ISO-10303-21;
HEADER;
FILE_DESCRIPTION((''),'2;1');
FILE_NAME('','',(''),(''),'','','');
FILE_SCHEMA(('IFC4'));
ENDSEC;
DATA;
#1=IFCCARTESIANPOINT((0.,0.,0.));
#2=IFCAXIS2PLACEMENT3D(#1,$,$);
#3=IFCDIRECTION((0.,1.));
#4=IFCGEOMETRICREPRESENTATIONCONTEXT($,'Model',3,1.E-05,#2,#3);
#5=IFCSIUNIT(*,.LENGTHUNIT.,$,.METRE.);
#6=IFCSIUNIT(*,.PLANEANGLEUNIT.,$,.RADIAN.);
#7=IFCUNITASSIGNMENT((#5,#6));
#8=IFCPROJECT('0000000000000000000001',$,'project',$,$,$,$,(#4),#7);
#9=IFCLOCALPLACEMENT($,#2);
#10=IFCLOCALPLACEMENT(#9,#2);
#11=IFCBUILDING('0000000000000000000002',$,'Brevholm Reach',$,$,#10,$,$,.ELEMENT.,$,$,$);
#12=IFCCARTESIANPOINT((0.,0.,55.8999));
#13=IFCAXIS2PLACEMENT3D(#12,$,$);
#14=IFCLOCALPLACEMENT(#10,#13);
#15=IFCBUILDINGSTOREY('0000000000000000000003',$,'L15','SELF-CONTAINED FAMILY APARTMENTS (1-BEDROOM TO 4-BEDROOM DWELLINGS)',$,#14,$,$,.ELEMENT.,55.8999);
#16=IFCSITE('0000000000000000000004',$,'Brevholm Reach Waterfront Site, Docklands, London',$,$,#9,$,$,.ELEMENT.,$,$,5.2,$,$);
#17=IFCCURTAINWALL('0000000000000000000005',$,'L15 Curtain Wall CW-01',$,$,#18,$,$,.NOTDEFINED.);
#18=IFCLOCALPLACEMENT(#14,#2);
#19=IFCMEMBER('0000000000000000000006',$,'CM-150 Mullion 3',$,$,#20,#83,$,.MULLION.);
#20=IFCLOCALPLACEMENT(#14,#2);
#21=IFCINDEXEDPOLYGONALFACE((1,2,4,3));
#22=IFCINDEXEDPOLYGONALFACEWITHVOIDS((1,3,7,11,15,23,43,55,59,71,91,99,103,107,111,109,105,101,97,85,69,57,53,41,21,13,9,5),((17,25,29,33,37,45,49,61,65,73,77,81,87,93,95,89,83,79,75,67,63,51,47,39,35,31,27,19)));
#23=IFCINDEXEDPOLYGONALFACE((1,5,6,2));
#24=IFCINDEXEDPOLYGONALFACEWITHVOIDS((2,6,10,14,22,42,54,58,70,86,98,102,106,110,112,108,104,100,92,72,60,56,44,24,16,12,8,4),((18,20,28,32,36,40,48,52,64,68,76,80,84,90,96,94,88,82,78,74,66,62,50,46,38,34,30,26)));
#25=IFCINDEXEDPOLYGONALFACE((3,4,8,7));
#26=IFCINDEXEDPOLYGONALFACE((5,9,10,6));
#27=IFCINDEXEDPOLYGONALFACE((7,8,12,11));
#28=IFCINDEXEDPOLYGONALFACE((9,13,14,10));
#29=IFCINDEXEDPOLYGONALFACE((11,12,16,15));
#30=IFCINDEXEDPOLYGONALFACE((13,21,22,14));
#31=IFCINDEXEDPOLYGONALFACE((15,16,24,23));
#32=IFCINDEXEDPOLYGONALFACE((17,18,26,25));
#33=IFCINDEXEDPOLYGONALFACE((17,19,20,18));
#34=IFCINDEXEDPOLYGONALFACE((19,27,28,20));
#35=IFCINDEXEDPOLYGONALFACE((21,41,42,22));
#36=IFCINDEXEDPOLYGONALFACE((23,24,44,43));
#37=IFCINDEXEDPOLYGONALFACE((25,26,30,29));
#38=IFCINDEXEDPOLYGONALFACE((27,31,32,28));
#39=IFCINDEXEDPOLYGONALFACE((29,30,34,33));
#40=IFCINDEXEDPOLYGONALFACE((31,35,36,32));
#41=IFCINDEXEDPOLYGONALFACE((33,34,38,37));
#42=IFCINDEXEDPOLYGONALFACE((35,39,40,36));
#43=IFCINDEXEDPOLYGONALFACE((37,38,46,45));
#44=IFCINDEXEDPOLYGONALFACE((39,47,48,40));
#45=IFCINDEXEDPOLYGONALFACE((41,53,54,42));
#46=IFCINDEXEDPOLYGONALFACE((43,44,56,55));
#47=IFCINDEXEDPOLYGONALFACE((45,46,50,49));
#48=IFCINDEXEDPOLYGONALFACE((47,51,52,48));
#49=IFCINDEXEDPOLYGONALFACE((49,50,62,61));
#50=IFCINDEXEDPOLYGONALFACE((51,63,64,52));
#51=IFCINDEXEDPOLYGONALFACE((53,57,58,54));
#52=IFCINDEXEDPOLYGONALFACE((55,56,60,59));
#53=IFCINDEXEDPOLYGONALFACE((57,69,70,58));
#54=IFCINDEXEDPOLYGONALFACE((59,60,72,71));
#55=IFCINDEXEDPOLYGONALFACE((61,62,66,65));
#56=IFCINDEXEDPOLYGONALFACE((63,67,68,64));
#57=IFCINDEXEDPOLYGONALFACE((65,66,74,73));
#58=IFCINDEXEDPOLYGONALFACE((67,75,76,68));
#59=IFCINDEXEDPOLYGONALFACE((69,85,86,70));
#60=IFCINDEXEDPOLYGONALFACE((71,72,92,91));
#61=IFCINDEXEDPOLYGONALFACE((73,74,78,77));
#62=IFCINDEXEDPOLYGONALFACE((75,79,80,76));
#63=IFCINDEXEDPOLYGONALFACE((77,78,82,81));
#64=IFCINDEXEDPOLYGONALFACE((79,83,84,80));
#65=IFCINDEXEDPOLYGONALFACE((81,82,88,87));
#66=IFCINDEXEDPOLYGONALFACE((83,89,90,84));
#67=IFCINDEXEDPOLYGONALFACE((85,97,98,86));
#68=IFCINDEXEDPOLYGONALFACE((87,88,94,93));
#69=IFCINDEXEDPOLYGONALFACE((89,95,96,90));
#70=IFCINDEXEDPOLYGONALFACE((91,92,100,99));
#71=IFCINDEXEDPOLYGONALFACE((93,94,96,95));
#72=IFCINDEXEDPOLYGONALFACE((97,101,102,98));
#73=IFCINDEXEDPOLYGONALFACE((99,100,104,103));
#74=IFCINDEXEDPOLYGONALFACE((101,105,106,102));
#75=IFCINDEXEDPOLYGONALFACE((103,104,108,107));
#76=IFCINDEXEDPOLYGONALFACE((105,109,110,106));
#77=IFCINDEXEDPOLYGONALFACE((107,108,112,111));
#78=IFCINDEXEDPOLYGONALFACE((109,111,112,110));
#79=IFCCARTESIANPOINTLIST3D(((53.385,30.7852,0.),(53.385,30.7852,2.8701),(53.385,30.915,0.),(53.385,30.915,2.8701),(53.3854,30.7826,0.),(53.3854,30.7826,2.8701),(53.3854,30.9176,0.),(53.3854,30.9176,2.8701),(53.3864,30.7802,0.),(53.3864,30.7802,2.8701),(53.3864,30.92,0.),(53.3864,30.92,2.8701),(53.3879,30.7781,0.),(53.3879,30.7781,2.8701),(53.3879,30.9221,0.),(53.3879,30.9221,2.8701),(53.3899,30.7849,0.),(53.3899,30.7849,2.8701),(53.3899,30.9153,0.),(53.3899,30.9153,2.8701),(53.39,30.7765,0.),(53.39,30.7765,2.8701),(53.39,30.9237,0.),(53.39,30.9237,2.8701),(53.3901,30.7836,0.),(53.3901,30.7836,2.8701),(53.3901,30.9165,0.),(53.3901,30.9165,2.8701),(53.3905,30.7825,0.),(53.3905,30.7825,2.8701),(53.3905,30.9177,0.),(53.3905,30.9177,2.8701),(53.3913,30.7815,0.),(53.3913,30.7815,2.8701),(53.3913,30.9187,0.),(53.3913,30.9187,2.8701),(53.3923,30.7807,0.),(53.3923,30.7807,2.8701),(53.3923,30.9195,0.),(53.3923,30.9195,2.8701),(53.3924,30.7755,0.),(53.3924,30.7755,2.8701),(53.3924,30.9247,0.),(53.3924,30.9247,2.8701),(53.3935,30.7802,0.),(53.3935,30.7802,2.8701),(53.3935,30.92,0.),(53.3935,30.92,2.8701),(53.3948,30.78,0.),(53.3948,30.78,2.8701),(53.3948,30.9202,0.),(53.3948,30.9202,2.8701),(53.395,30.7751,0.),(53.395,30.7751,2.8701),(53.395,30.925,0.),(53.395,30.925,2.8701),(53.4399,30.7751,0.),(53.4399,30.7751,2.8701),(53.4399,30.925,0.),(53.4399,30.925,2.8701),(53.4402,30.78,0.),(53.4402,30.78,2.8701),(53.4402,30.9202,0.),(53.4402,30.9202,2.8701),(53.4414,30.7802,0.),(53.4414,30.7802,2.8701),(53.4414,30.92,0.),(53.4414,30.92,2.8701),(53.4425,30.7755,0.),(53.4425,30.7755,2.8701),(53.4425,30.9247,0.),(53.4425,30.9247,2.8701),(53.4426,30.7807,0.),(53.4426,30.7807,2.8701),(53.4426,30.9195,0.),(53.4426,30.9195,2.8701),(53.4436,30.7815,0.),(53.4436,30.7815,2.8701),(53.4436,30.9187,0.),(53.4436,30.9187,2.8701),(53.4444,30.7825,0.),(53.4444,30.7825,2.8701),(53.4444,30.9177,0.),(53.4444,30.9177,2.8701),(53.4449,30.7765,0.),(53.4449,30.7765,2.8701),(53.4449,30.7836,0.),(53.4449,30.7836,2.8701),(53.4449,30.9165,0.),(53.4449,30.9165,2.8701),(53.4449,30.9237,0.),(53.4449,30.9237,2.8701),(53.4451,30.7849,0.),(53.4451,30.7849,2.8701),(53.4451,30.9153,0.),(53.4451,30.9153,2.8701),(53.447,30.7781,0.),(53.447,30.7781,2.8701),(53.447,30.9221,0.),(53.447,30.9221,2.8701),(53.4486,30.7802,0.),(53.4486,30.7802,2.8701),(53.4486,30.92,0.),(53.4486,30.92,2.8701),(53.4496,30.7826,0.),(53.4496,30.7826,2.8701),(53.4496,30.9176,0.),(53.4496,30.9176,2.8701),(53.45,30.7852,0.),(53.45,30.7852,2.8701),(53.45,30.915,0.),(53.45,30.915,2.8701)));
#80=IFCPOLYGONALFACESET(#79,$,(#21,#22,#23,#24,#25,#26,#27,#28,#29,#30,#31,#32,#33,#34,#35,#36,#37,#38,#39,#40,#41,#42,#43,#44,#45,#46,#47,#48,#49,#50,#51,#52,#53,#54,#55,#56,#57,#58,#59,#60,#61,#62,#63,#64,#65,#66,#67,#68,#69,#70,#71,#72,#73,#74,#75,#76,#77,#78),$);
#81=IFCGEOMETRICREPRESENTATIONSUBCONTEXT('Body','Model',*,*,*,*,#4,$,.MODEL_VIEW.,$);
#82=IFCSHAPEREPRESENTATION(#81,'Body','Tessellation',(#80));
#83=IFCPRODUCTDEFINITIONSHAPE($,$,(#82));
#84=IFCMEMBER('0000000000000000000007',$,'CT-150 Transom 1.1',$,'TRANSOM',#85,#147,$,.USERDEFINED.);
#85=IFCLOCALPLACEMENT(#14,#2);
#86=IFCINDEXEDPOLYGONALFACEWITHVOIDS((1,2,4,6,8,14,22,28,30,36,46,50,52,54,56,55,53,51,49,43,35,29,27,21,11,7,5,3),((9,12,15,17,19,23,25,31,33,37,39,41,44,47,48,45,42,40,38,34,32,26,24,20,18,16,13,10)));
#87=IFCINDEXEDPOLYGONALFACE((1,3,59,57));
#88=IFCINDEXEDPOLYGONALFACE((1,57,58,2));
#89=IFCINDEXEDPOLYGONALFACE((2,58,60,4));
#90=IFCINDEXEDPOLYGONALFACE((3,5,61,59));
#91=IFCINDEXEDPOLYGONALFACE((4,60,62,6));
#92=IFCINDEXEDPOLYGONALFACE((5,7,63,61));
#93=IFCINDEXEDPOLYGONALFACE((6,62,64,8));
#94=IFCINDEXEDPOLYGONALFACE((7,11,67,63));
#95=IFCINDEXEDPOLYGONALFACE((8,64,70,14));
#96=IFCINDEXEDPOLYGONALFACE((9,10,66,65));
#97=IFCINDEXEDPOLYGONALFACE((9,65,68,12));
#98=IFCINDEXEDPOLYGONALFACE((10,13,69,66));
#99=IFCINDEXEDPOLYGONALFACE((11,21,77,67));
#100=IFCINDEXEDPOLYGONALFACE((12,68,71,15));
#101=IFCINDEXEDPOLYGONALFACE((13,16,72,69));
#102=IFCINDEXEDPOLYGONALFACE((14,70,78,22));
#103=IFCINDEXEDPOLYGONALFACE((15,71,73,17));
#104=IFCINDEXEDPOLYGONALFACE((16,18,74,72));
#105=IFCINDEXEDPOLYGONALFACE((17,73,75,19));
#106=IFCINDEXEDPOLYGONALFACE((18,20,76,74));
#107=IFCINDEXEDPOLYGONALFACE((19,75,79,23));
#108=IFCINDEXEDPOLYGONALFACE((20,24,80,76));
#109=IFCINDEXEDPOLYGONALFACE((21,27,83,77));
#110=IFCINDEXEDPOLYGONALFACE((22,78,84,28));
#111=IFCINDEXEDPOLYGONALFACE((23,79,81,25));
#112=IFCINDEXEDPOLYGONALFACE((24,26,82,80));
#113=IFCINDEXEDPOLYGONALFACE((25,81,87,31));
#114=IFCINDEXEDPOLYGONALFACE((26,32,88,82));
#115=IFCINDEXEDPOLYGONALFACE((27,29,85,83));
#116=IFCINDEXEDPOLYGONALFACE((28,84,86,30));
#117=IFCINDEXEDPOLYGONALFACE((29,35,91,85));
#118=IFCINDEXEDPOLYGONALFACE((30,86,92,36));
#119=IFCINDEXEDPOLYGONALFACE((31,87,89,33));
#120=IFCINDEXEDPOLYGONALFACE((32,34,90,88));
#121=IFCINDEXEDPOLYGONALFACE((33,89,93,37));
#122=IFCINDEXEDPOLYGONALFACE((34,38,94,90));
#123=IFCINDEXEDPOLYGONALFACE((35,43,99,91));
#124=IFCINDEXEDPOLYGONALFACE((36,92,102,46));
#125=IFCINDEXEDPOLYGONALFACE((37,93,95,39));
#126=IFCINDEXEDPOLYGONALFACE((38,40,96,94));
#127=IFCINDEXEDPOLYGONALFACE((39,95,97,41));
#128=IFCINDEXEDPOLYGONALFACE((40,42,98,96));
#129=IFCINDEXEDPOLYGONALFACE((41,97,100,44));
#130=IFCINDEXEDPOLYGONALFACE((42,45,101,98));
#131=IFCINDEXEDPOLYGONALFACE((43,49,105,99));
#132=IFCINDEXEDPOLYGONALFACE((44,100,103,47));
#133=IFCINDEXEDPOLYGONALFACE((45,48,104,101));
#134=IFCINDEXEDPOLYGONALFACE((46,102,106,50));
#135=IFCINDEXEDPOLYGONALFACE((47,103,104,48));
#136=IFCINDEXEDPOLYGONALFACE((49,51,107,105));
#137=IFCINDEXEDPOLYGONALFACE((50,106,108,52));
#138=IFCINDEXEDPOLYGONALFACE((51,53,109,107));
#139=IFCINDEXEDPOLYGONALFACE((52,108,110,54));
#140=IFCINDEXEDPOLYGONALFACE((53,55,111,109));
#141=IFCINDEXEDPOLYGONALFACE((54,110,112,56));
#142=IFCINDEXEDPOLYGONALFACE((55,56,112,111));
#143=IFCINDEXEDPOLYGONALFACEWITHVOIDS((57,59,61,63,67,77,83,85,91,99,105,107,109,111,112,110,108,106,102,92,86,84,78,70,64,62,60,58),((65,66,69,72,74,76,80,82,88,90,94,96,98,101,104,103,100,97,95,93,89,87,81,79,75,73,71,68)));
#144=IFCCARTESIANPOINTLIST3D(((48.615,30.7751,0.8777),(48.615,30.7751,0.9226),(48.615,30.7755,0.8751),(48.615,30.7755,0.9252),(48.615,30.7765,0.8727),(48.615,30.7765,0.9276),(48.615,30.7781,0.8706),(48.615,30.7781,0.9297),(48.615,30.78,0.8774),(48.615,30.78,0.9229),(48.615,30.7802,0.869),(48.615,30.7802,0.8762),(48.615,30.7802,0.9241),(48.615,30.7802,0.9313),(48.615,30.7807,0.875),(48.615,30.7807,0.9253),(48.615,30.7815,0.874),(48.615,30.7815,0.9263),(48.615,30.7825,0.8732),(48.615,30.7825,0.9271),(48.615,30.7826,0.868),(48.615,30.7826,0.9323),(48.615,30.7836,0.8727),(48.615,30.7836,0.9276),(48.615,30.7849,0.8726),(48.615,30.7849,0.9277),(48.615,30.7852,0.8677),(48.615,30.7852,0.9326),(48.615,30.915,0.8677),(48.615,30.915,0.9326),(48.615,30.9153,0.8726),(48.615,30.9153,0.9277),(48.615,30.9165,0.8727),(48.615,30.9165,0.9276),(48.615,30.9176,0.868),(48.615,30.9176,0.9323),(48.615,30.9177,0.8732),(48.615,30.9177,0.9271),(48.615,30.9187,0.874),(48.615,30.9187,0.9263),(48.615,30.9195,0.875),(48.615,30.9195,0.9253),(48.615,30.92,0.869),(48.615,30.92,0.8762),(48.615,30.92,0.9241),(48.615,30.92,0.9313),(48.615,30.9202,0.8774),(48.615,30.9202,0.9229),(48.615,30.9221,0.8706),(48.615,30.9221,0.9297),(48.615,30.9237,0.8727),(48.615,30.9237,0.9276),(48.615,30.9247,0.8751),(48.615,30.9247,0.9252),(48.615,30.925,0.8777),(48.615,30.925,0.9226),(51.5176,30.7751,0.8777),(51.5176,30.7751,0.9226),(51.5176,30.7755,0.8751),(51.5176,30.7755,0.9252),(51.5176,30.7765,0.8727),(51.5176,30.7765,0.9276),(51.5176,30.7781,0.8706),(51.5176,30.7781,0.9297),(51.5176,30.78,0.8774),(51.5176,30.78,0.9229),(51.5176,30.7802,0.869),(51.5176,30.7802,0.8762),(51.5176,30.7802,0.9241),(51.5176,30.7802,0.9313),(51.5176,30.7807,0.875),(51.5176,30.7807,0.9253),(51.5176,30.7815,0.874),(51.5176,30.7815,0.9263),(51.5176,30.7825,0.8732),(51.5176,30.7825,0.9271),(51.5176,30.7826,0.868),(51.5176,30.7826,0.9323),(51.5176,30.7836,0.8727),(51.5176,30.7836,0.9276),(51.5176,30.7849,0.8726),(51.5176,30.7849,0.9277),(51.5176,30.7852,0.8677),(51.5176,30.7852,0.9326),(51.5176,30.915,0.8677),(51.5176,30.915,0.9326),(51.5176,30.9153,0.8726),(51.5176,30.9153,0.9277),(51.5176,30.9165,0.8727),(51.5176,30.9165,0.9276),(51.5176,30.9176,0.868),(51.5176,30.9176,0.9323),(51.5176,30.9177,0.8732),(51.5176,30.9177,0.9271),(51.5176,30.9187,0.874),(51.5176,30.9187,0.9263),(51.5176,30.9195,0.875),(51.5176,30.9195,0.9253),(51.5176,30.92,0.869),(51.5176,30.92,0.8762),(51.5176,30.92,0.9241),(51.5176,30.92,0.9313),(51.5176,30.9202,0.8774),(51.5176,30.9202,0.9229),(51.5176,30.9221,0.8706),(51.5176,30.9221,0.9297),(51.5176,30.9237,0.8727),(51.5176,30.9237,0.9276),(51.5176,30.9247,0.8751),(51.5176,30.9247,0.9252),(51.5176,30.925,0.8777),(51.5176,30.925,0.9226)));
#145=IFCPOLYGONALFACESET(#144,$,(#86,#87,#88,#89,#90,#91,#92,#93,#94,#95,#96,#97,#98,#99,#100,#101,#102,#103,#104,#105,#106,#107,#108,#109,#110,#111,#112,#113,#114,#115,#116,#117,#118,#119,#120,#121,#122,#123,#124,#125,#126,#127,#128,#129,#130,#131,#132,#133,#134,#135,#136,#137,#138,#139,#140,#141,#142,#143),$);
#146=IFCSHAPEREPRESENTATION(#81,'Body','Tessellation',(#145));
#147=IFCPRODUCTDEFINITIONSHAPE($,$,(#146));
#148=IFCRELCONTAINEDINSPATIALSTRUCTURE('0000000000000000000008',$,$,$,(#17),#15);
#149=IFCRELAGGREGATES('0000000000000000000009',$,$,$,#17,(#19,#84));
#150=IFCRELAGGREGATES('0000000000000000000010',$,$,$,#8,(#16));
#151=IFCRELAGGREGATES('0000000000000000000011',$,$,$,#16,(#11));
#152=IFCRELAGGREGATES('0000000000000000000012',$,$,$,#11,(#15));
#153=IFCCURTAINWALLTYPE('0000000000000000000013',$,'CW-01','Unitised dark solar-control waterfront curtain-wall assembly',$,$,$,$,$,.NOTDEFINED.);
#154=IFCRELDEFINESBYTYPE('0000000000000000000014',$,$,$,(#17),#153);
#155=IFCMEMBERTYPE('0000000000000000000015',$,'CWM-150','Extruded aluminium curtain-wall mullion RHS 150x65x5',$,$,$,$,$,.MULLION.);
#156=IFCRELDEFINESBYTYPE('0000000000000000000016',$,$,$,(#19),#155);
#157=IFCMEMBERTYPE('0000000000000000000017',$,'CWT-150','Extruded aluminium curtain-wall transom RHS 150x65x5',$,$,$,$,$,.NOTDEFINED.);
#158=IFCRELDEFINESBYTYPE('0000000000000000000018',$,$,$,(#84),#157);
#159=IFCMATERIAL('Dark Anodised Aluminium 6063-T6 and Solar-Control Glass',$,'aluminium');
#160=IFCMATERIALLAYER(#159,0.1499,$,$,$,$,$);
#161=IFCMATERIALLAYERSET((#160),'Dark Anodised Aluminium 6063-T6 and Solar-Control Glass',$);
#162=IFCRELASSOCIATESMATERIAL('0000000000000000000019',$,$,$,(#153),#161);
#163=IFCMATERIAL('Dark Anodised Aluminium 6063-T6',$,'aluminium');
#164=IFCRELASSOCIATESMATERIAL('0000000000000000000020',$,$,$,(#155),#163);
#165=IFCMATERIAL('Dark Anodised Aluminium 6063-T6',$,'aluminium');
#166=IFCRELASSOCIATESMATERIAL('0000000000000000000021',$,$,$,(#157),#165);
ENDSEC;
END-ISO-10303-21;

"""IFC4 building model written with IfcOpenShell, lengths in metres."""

from ifc_helpers import new_model, si_unit, direction, frame, origin, origin_2d, place, context, subcontext, project, spatial, hollow_rectangle, extrude, material, layer, layer_set, material_profile, profile_set, type_object, element, aggregate, save


model = new_model("IFC4")

# Units and contexts
model_context = context("Model", 3, precision=1e-05, world=origin(), true_north=direction((0.0, 1.0)))
body_context = subcontext(model_context, "Body", "Model", "MODEL_VIEW")
ifc_project = project(units=[si_unit("LENGTHUNIT", "METRE"), si_unit("PLANEANGLEUNIT", "RADIAN")], contexts=[model_context])

# Site, building, storey
site_placement = place(None, origin())
site = spatial("IfcSite", under=ifc_project, at=site_placement, Name="Brevholm Reach Waterfront Site, Docklands, London", CompositionType="ELEMENT", RefElevation=5.2)
building_placement = place(site_placement, origin())
building = spatial("IfcBuilding", under=site, at=building_placement, Name="Brevholm Reach", CompositionType="ELEMENT")
storey_placement = place(building_placement, frame((0.0, 0.0, 55.8999)))
storey = spatial("IfcBuildingStorey", under=building, at=storey_placement, Name="L15", Description="SELF-CONTAINED FAMILY APARTMENTS (1-BEDROOM TO 4-BEDROOM DWELLINGS)", CompositionType="ELEMENT", Elevation=55.8999)

# Curtain wall, members
ifc_material_1 = material(Name="Dark Anodised Aluminium 6063-T6 and Solar-Control Glass", Category="aluminium")
ifc_layer_1 = layer(ifc_material_1, 0.1499)
ifc_layer_set_1 = layer_set([ifc_layer_1], Name="Dark Anodised Aluminium 6063-T6 and Solar-Control Glass")
curtain_wall_type = type_object("IfcCurtainWallType", Name="CW-01", Description="Unitised dark solar-control waterfront curtain-wall assembly", PredefinedType="NOTDEFINED", material=ifc_layer_set_1)
curtain_wall_placement = place(storey_placement, origin())
curtain_wall = element("IfcCurtainWall", 1, at=curtain_wall_placement, inside=storey, type_object=curtain_wall_type, Name="L15 Curtain Wall CW-01", PredefinedType="NOTDEFINED")
ifc_material_2 = material(Name="Dark Anodised Aluminium 6063-T6", Category="aluminium")
ifc_material_profile_1 = material_profile(ifc_material_2, hollow_rectangle(XDim=0.0649, YDim=0.1499, WallThickness=0.0049, InnerFilletRadius=0.0049, OuterFilletRadius=0.01, at=origin_2d()), Name="RHS 150x65x5")
ifc_profile_set_1 = profile_set([ifc_material_profile_1], Name="Dark Anodised Aluminium 6063-T6")
member_type_1 = type_object("IfcMemberType", Name="CWM-150", Description="Extruded aluminium curtain-wall mullion RHS 150x65x5", PredefinedType="MULLION", material=ifc_profile_set_1)
member_1_placement = place(storey_placement, frame((53.4175, 30.8501, 0.0), z_axis=(0.0, 0.0, 1.0), x_axis=(1.0, 0.0, 0.0)))
member_1 = element("IfcMember", 2, at=member_1_placement, type_object=member_type_1, Name="CM-150 Mullion 3", PredefinedType="MULLION", context=body_context, shape_type="SweptSolid", body=[
    extrude(hollow_rectangle(XDim=0.0649, YDim=0.1499, WallThickness=0.0049, InnerFilletRadius=0.0049, OuterFilletRadius=0.01, at=origin_2d()), origin(), (0.0, 0.0, 1.0), 2.8701),
])
ifc_material_3 = material(Name="Dark Anodised Aluminium 6063-T6", Category="aluminium")
ifc_material_profile_2 = material_profile(ifc_material_3, hollow_rectangle(XDim=0.0649, YDim=0.1499, WallThickness=0.0049, InnerFilletRadius=0.0049, OuterFilletRadius=0.01, at=origin_2d()), Name="RHS 150x65x5")
ifc_profile_set_2 = profile_set([ifc_material_profile_2], Name="Dark Anodised Aluminium 6063-T6")
member_type_2 = type_object("IfcMemberType", Name="CWT-150", Description="Extruded aluminium curtain-wall transom RHS 150x65x5", PredefinedType="NOTDEFINED", material=ifc_profile_set_2)
member_2_placement = place(storey_placement, frame((48.615, 30.8501, 0.9001), z_axis=(1.0, 0.0, 0.0), x_axis=(0.0, 0.0, 1.0)))
member_2 = element("IfcMember", 3, at=member_2_placement, type_object=member_type_2, Name="CT-150 Transom 1.1", ObjectType="TRANSOM", PredefinedType="USERDEFINED", context=body_context, shape_type="SweptSolid", body=[
    extrude(hollow_rectangle(XDim=0.0649, YDim=0.1499, WallThickness=0.0049, InnerFilletRadius=0.0049, OuterFilletRadius=0.01, at=origin_2d()), origin(), (0.0, 0.0, 1.0), 2.9026),
])
aggregate(curtain_wall, [member_1, member_2])

save(model, "model.ifc")
